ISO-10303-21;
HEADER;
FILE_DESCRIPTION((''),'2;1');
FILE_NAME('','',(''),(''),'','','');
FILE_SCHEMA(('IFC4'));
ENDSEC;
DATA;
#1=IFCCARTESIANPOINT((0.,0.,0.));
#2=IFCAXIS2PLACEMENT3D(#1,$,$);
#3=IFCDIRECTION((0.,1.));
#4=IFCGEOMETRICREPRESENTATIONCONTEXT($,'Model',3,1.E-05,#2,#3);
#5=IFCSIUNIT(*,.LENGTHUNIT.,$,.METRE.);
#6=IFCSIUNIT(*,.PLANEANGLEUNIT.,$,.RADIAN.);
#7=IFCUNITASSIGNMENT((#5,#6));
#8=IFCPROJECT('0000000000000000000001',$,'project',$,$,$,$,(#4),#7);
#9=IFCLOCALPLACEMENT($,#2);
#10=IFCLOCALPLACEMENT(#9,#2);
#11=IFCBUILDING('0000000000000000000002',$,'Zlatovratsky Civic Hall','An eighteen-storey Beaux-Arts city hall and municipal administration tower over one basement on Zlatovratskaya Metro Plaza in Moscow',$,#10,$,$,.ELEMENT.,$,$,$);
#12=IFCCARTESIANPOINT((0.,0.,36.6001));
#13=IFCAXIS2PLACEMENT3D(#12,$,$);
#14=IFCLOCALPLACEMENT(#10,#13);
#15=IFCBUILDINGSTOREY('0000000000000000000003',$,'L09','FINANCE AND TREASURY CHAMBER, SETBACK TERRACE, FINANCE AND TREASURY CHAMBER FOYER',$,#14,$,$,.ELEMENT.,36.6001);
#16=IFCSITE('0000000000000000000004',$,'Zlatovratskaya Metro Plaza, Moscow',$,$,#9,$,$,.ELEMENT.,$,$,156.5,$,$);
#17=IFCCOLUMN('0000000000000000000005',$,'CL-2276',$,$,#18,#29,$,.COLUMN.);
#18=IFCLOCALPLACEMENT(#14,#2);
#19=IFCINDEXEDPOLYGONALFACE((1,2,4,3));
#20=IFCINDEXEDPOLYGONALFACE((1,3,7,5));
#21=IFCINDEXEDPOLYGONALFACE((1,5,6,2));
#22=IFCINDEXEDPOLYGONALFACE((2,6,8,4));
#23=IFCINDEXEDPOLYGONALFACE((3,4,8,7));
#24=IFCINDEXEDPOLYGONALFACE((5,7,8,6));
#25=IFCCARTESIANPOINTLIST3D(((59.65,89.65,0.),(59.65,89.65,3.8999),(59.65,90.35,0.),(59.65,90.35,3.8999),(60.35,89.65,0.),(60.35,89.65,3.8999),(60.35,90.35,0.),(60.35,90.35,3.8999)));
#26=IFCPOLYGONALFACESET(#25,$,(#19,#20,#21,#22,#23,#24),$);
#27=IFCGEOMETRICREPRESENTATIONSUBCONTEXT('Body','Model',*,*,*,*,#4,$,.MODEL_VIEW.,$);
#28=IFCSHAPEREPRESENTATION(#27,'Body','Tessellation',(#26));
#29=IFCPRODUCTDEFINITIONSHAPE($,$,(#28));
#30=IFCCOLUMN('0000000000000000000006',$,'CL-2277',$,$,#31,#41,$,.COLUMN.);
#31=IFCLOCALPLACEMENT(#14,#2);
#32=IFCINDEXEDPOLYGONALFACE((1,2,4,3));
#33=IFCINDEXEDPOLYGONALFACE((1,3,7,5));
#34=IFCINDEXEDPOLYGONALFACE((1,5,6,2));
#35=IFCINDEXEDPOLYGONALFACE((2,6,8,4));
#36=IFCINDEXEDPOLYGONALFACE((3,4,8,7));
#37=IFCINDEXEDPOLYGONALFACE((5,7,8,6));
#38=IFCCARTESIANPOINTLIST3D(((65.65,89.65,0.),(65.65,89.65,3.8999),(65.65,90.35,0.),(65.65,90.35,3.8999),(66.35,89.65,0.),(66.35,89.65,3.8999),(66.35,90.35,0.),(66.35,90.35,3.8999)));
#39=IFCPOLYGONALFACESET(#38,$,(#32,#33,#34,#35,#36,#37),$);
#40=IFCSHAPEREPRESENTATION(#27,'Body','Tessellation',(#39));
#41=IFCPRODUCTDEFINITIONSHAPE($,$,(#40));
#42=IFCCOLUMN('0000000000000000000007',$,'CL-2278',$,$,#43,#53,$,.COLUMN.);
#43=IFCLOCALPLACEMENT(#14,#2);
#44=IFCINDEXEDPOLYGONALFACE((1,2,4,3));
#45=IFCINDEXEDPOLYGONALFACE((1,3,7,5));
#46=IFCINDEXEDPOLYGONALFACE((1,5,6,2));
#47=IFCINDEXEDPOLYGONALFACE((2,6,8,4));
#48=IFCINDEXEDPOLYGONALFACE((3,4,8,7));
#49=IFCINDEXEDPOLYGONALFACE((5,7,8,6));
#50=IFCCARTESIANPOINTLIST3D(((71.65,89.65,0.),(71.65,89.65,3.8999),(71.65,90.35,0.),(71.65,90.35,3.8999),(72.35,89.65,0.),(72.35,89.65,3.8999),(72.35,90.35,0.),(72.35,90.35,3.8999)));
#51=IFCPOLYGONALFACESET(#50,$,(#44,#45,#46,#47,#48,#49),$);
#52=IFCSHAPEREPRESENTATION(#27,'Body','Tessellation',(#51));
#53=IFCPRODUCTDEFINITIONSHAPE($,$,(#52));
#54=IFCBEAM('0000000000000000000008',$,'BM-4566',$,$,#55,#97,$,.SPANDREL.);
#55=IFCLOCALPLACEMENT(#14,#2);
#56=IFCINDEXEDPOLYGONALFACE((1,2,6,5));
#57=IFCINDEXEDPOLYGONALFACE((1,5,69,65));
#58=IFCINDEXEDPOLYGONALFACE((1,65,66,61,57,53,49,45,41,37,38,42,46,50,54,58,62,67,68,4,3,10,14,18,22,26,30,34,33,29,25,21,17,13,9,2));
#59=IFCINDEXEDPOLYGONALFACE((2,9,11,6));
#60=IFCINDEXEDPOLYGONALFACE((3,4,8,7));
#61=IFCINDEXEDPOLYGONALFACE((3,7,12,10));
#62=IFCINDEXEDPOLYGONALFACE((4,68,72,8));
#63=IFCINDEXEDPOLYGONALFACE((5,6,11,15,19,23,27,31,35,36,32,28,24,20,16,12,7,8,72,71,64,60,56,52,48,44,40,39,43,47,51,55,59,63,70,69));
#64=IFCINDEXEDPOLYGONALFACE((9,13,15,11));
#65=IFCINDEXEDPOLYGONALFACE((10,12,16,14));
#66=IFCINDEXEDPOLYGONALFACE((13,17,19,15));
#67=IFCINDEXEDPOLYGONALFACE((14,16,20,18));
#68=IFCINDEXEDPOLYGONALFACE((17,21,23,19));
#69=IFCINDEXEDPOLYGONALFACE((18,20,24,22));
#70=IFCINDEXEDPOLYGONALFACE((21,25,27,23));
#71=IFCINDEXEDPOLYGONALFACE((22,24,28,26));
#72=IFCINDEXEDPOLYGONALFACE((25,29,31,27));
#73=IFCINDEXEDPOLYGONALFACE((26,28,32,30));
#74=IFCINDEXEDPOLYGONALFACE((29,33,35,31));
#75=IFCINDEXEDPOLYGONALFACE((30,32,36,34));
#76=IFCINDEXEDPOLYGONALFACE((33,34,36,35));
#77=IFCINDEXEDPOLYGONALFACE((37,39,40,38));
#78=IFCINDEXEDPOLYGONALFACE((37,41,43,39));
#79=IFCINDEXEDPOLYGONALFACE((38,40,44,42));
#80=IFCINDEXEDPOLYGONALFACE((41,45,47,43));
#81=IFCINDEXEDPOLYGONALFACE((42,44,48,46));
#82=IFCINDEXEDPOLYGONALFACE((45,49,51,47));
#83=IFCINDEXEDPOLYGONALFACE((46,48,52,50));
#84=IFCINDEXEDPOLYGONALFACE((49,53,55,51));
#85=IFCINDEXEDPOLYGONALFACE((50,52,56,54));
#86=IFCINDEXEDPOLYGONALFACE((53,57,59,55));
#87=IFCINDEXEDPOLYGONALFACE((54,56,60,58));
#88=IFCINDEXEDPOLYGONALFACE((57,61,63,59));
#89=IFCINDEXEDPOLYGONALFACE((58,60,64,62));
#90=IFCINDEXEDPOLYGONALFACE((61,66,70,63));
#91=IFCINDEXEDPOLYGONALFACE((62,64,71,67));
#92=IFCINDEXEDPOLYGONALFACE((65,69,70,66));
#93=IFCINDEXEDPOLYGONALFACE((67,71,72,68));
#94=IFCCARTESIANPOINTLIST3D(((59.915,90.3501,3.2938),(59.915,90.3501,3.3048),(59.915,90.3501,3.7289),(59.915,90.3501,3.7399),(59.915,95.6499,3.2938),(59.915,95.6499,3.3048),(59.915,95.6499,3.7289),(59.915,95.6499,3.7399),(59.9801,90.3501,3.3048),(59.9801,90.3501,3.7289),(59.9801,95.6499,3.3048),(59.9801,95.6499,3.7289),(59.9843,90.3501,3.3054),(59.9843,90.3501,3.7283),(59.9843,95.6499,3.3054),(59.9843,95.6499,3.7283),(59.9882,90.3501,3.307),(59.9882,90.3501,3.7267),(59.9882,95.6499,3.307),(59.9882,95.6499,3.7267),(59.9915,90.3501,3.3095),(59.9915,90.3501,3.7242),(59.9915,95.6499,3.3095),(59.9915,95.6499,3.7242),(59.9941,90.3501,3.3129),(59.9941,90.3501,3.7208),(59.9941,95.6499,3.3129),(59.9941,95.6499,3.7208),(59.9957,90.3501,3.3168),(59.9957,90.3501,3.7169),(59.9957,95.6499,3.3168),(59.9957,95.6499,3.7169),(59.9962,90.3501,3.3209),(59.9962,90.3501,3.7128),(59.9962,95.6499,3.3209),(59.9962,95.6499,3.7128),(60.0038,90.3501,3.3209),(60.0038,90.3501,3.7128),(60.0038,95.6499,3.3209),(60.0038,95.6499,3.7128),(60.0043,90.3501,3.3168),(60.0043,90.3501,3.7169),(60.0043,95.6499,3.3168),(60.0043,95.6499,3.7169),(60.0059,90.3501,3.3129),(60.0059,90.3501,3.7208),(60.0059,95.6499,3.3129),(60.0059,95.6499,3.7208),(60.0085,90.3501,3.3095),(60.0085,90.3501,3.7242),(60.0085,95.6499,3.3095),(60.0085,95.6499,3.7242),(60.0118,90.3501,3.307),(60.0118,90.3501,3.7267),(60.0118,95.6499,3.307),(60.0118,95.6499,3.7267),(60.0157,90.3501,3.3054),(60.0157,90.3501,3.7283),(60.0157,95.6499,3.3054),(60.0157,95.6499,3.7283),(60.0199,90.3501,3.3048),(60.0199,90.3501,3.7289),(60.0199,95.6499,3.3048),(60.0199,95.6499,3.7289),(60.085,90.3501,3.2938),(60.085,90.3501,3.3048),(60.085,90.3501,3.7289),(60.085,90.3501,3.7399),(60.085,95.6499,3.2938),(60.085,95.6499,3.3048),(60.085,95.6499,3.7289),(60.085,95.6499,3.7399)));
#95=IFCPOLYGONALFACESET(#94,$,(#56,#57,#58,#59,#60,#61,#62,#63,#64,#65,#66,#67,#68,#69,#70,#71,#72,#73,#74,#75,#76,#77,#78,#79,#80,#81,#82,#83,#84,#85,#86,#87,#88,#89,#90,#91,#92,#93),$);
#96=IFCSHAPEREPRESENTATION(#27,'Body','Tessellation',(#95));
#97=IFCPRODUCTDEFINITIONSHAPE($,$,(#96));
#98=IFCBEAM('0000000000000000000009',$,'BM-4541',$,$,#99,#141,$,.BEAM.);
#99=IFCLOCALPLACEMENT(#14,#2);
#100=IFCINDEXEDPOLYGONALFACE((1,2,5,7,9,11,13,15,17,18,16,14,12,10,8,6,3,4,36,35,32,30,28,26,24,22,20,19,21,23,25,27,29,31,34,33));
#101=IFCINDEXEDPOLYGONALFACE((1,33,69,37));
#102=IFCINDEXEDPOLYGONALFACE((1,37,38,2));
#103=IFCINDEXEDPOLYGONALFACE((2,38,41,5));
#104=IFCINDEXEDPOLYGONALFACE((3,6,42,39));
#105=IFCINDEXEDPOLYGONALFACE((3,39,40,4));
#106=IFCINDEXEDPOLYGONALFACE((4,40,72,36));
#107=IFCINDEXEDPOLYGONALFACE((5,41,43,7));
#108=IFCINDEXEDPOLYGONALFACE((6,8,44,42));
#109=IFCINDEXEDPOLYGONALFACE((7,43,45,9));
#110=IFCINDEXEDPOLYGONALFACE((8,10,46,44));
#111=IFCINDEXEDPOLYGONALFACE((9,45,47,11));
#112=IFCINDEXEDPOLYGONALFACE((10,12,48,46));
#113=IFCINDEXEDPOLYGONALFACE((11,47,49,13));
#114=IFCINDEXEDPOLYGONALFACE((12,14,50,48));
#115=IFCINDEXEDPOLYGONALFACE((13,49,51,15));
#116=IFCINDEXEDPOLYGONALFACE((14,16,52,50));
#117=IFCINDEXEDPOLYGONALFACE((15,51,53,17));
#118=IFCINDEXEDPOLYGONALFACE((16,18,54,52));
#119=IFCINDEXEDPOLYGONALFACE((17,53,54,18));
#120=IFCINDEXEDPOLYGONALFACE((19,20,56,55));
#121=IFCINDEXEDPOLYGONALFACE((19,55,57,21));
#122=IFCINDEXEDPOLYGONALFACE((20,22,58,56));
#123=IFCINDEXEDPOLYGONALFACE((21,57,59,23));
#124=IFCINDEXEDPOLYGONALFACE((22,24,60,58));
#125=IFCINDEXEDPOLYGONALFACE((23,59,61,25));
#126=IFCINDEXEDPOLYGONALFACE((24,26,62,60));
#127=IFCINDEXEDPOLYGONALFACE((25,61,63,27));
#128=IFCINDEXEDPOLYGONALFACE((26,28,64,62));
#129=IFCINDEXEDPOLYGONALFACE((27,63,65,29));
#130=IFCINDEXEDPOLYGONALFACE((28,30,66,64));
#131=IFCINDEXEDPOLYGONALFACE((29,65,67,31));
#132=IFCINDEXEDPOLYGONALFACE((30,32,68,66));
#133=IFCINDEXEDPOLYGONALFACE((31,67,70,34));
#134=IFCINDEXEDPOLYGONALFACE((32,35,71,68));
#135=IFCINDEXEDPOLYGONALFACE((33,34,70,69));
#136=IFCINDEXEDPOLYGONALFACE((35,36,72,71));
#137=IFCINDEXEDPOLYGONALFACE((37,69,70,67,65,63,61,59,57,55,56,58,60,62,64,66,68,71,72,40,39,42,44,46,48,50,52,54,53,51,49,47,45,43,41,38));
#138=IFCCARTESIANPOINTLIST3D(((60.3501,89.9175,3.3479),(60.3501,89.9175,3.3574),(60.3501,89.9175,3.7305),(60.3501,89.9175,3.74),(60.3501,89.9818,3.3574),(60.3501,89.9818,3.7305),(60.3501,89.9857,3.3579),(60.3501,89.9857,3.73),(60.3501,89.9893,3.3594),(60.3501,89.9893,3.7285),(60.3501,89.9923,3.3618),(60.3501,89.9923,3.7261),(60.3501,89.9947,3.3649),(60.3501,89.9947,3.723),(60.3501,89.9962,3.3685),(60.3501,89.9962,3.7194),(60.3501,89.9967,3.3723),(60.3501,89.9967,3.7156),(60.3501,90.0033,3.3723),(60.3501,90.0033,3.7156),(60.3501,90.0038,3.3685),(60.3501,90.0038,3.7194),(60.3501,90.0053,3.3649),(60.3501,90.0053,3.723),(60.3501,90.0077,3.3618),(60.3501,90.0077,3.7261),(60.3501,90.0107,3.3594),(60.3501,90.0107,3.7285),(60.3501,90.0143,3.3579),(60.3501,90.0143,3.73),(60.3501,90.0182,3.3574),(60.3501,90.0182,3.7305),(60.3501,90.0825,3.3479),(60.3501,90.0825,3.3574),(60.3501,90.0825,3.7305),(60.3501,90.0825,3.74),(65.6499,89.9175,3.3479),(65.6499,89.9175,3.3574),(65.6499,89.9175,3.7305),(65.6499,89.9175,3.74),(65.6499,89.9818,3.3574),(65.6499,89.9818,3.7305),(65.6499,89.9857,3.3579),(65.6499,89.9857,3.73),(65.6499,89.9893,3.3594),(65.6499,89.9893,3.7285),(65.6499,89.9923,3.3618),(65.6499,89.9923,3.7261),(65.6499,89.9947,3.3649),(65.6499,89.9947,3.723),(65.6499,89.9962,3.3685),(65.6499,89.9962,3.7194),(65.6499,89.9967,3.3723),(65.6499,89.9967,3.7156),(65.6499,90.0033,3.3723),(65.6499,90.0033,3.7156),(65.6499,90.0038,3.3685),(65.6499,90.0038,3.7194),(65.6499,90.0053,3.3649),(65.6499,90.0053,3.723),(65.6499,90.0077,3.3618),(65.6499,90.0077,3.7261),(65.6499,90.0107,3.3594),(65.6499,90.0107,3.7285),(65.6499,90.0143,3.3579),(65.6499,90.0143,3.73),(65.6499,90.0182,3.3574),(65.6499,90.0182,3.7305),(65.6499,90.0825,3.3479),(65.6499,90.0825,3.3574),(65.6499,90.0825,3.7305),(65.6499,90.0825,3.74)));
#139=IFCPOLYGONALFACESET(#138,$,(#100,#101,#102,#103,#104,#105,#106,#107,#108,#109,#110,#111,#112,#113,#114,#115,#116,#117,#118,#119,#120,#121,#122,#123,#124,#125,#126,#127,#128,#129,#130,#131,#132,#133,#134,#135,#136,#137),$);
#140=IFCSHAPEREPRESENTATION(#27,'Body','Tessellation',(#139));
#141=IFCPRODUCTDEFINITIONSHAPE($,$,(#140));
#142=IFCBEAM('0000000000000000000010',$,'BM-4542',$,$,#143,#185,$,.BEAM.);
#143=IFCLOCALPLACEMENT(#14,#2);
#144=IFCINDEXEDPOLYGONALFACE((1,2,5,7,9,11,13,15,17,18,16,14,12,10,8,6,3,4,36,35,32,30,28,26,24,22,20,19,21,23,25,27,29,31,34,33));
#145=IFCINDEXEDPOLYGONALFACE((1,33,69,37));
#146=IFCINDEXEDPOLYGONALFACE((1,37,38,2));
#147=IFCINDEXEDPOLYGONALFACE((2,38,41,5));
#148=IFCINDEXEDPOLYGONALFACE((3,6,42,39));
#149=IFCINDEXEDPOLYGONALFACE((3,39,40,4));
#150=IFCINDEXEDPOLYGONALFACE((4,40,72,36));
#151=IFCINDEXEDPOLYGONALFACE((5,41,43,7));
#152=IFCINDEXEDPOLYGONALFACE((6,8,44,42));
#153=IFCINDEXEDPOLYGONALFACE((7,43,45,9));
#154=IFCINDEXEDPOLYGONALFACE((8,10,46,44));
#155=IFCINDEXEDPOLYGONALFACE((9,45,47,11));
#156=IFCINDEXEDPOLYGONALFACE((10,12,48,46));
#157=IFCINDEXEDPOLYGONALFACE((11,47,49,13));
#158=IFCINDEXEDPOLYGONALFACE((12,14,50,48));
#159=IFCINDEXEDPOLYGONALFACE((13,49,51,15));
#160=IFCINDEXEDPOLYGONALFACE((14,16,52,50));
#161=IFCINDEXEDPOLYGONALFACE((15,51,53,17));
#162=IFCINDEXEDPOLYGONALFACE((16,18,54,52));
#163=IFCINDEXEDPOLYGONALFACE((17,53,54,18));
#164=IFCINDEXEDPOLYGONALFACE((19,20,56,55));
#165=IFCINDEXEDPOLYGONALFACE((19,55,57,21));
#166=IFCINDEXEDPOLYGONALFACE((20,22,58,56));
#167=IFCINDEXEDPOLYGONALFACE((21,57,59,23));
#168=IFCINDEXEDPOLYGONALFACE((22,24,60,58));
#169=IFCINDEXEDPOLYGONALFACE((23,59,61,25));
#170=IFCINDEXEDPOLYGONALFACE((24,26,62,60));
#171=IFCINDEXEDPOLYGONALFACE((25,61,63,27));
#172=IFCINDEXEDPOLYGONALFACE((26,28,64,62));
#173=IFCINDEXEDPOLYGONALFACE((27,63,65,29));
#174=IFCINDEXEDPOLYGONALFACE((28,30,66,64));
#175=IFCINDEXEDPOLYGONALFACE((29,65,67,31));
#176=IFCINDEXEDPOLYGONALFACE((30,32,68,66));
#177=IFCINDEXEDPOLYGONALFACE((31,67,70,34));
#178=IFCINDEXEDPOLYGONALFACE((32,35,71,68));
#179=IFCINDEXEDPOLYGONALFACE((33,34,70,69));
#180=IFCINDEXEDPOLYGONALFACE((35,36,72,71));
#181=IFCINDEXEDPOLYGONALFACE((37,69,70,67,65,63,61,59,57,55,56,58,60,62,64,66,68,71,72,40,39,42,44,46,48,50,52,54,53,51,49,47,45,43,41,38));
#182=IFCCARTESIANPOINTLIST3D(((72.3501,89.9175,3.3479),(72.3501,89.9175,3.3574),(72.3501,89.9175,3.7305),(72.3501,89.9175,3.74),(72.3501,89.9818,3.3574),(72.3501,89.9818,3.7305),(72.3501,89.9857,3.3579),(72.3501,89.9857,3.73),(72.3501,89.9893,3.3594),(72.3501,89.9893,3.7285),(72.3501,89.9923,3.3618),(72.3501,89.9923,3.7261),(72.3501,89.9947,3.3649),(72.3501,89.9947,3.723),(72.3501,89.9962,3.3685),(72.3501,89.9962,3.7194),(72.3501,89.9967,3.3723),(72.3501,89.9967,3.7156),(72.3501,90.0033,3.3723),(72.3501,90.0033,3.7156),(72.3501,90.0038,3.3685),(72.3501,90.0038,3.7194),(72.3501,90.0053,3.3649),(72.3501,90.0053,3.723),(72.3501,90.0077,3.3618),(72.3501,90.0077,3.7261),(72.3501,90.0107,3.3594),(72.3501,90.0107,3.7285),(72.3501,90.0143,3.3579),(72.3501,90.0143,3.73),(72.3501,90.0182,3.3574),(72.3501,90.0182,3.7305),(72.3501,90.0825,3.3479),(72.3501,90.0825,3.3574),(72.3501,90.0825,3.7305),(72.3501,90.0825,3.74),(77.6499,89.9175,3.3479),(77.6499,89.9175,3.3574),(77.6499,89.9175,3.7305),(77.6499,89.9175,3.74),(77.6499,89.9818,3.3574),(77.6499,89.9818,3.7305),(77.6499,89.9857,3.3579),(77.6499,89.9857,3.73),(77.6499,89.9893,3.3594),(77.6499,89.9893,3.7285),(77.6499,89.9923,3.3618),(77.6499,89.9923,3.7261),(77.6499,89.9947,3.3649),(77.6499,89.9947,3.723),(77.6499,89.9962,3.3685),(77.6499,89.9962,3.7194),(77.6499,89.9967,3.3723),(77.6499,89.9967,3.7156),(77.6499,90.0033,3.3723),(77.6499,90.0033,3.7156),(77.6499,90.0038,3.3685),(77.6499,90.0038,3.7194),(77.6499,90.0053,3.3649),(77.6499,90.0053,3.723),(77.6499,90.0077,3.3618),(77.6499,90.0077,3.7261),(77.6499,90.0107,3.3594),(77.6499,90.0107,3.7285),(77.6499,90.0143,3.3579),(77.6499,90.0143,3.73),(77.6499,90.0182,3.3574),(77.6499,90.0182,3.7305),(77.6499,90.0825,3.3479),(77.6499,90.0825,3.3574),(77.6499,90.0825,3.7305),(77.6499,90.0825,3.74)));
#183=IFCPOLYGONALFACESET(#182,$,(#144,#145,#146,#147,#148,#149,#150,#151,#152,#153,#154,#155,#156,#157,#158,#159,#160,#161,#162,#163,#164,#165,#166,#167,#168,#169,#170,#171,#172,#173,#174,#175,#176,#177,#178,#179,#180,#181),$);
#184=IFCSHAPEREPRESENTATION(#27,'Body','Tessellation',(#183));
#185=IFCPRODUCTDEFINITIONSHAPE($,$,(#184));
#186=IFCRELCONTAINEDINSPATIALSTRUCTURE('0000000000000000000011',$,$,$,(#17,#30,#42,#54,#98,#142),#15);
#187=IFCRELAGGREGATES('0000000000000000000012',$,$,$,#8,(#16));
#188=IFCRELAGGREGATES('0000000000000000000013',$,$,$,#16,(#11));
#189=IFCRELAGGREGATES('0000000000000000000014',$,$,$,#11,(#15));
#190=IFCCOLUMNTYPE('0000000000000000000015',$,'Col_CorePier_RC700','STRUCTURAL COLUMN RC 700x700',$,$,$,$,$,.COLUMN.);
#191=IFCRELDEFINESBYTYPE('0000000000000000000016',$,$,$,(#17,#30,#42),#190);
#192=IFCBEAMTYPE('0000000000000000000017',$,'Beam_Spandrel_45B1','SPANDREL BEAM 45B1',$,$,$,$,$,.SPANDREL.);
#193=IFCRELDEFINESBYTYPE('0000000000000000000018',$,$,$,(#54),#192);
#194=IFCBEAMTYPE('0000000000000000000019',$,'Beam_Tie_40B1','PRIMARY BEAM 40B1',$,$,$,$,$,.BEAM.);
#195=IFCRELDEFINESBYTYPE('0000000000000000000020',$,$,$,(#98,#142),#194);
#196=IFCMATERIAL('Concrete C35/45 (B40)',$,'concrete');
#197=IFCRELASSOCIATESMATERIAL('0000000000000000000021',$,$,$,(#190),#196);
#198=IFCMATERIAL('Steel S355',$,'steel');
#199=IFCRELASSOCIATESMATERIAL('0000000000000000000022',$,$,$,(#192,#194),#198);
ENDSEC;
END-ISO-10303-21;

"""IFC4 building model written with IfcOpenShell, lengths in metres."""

from ifc_helpers import new_model, si_unit, direction, frame, origin, origin_2d, place, context, subcontext, project, spatial, rectangle, i_section, extrude, material, material_profile, profile_set, type_object, element, save


model = new_model("IFC4")

# Units and contexts
model_context = context("Model", 3, precision=1e-05, world=origin(), true_north=direction((0.0, 1.0)))
body_context = subcontext(model_context, "Body", "Model", "MODEL_VIEW")
ifc_project = project(units=[si_unit("LENGTHUNIT", "METRE"), si_unit("PLANEANGLEUNIT", "RADIAN")], contexts=[model_context])

# Site, building, storey
site_placement = place(None, origin())
site = spatial("IfcSite", under=ifc_project, at=site_placement, Name="Zlatovratskaya Metro Plaza, Moscow", CompositionType="ELEMENT", RefElevation=156.5)
building_placement = place(site_placement, origin())
building = spatial("IfcBuilding", under=site, at=building_placement, Name="Zlatovratsky Civic Hall", Description="An eighteen-storey Beaux-Arts city hall and municipal administration tower over one basement on Zlatovratskaya Metro Plaza in Moscow", CompositionType="ELEMENT")
storey_placement = place(building_placement, frame((0.0, 0.0, 36.6001)))
storey = spatial("IfcBuildingStorey", under=building, at=storey_placement, Name="L09", Description="FINANCE AND TREASURY CHAMBER, SETBACK TERRACE, FINANCE AND TREASURY CHAMBER FOYER", CompositionType="ELEMENT", Elevation=36.6001)

# Columns
ifc_material_1 = material(Name="Concrete C35/45 (B40)", Category="concrete")
ifc_material_profile_1 = material_profile(ifc_material_1, rectangle(XDim=0.7, YDim=0.7, at=origin_2d()), Name="RC 700x700")
ifc_profile_set_1 = profile_set([ifc_material_profile_1], Name="Concrete C35/45 (B40)")
column_type = type_object("IfcColumnType", Name="Col_CorePier_RC700", Description="STRUCTURAL COLUMN RC 700x700", PredefinedType="COLUMN", material=ifc_profile_set_1)
for number, where, z_axis, x_axis, name in (
    (1, (60.0, 90.0, 0.0), (0.0, 0.0, 1.0), (1.0, 0.0, 0.0), "CL-2276"),
    (2, (66.0, 90.0, 0.0), (0.0, 0.0, 1.0), (1.0, 0.0, 0.0), "CL-2277"),
    (3, (72.0, 90.0, 0.0), (0.0, 0.0, 1.0), (1.0, 0.0, 0.0), "CL-2278"),
):
    element("IfcColumn", number, at=place(storey_placement, frame(where, z_axis=z_axis, x_axis=x_axis)), inside=storey, type_object=column_type, Name=name, PredefinedType="COLUMN", context=body_context, shape_type="SweptSolid", body=[
        extrude(rectangle(XDim=0.7, YDim=0.7, at=origin_2d()), origin(), (0.0, 0.0, 1.0), 3.8999),
    ])

# Beams
ifc_material_2 = material(Name="Steel S355", Category="steel")
ifc_material_profile_2 = material_profile(ifc_material_2, i_section(OverallWidth=0.1699, OverallDepth=0.446, WebThickness=0.0076, FlangeThickness=0.011, FilletRadius=0.0161, at=origin_2d()), Name="45B1")
ifc_profile_set_2 = profile_set([ifc_material_profile_2], Name="Steel S355")
beam_type_1 = type_object("IfcBeamType", Name="Beam_Spandrel_45B1", Description="SPANDREL BEAM 45B1", PredefinedType="SPANDREL", material=ifc_profile_set_2)
beam_placement = place(storey_placement, frame((60.0, 90.3501, 3.5168), z_axis=(0.0, 1.0, 0.0), x_axis=(-1.0, 0.0, 0.0)))
element("IfcBeam", 4, at=beam_placement, inside=storey, type_object=beam_type_1, Name="BM-4566", PredefinedType="SPANDREL", context=body_context, shape_type="SweptSolid", body=[
    extrude(i_section(OverallWidth=0.1699, OverallDepth=0.446, WebThickness=0.0076, FlangeThickness=0.011, FilletRadius=0.0161, at=origin_2d()), origin(), (0.0, 0.0, 1.0), 5.2998),
])
ifc_material_profile_3 = material_profile(ifc_material_2, i_section(OverallWidth=0.165, OverallDepth=0.3921, WebThickness=0.0066, FlangeThickness=0.0095, FilletRadius=0.0149, at=origin_2d()), Name="40B1")
ifc_profile_set_3 = profile_set([ifc_material_profile_3], Name="Steel S355")
beam_type_2 = type_object("IfcBeamType", Name="Beam_Tie_40B1", Description="PRIMARY BEAM 40B1", PredefinedType="BEAM", material=ifc_profile_set_3)
for number, where, z_axis, x_axis, name in (
    (5, (60.3501, 90.0, 3.5439), (1.0, 0.0, 0.0), (0.0, 1.0, 0.0), "BM-4541"),
    (6, (72.3501, 90.0, 3.5439), (1.0, 0.0, 0.0), (0.0, 1.0, 0.0), "BM-4542"),
):
    element("IfcBeam", number, at=place(storey_placement, frame(where, z_axis=z_axis, x_axis=x_axis)), inside=storey, type_object=beam_type_2, Name=name, PredefinedType="BEAM", context=body_context, shape_type="SweptSolid", body=[
        extrude(i_section(OverallWidth=0.165, OverallDepth=0.3921, WebThickness=0.0066, FlangeThickness=0.0095, FilletRadius=0.0149, at=origin_2d()), origin(), (0.0, 0.0, 1.0), 5.2998),
    ])

save(model, "model.ifc")
